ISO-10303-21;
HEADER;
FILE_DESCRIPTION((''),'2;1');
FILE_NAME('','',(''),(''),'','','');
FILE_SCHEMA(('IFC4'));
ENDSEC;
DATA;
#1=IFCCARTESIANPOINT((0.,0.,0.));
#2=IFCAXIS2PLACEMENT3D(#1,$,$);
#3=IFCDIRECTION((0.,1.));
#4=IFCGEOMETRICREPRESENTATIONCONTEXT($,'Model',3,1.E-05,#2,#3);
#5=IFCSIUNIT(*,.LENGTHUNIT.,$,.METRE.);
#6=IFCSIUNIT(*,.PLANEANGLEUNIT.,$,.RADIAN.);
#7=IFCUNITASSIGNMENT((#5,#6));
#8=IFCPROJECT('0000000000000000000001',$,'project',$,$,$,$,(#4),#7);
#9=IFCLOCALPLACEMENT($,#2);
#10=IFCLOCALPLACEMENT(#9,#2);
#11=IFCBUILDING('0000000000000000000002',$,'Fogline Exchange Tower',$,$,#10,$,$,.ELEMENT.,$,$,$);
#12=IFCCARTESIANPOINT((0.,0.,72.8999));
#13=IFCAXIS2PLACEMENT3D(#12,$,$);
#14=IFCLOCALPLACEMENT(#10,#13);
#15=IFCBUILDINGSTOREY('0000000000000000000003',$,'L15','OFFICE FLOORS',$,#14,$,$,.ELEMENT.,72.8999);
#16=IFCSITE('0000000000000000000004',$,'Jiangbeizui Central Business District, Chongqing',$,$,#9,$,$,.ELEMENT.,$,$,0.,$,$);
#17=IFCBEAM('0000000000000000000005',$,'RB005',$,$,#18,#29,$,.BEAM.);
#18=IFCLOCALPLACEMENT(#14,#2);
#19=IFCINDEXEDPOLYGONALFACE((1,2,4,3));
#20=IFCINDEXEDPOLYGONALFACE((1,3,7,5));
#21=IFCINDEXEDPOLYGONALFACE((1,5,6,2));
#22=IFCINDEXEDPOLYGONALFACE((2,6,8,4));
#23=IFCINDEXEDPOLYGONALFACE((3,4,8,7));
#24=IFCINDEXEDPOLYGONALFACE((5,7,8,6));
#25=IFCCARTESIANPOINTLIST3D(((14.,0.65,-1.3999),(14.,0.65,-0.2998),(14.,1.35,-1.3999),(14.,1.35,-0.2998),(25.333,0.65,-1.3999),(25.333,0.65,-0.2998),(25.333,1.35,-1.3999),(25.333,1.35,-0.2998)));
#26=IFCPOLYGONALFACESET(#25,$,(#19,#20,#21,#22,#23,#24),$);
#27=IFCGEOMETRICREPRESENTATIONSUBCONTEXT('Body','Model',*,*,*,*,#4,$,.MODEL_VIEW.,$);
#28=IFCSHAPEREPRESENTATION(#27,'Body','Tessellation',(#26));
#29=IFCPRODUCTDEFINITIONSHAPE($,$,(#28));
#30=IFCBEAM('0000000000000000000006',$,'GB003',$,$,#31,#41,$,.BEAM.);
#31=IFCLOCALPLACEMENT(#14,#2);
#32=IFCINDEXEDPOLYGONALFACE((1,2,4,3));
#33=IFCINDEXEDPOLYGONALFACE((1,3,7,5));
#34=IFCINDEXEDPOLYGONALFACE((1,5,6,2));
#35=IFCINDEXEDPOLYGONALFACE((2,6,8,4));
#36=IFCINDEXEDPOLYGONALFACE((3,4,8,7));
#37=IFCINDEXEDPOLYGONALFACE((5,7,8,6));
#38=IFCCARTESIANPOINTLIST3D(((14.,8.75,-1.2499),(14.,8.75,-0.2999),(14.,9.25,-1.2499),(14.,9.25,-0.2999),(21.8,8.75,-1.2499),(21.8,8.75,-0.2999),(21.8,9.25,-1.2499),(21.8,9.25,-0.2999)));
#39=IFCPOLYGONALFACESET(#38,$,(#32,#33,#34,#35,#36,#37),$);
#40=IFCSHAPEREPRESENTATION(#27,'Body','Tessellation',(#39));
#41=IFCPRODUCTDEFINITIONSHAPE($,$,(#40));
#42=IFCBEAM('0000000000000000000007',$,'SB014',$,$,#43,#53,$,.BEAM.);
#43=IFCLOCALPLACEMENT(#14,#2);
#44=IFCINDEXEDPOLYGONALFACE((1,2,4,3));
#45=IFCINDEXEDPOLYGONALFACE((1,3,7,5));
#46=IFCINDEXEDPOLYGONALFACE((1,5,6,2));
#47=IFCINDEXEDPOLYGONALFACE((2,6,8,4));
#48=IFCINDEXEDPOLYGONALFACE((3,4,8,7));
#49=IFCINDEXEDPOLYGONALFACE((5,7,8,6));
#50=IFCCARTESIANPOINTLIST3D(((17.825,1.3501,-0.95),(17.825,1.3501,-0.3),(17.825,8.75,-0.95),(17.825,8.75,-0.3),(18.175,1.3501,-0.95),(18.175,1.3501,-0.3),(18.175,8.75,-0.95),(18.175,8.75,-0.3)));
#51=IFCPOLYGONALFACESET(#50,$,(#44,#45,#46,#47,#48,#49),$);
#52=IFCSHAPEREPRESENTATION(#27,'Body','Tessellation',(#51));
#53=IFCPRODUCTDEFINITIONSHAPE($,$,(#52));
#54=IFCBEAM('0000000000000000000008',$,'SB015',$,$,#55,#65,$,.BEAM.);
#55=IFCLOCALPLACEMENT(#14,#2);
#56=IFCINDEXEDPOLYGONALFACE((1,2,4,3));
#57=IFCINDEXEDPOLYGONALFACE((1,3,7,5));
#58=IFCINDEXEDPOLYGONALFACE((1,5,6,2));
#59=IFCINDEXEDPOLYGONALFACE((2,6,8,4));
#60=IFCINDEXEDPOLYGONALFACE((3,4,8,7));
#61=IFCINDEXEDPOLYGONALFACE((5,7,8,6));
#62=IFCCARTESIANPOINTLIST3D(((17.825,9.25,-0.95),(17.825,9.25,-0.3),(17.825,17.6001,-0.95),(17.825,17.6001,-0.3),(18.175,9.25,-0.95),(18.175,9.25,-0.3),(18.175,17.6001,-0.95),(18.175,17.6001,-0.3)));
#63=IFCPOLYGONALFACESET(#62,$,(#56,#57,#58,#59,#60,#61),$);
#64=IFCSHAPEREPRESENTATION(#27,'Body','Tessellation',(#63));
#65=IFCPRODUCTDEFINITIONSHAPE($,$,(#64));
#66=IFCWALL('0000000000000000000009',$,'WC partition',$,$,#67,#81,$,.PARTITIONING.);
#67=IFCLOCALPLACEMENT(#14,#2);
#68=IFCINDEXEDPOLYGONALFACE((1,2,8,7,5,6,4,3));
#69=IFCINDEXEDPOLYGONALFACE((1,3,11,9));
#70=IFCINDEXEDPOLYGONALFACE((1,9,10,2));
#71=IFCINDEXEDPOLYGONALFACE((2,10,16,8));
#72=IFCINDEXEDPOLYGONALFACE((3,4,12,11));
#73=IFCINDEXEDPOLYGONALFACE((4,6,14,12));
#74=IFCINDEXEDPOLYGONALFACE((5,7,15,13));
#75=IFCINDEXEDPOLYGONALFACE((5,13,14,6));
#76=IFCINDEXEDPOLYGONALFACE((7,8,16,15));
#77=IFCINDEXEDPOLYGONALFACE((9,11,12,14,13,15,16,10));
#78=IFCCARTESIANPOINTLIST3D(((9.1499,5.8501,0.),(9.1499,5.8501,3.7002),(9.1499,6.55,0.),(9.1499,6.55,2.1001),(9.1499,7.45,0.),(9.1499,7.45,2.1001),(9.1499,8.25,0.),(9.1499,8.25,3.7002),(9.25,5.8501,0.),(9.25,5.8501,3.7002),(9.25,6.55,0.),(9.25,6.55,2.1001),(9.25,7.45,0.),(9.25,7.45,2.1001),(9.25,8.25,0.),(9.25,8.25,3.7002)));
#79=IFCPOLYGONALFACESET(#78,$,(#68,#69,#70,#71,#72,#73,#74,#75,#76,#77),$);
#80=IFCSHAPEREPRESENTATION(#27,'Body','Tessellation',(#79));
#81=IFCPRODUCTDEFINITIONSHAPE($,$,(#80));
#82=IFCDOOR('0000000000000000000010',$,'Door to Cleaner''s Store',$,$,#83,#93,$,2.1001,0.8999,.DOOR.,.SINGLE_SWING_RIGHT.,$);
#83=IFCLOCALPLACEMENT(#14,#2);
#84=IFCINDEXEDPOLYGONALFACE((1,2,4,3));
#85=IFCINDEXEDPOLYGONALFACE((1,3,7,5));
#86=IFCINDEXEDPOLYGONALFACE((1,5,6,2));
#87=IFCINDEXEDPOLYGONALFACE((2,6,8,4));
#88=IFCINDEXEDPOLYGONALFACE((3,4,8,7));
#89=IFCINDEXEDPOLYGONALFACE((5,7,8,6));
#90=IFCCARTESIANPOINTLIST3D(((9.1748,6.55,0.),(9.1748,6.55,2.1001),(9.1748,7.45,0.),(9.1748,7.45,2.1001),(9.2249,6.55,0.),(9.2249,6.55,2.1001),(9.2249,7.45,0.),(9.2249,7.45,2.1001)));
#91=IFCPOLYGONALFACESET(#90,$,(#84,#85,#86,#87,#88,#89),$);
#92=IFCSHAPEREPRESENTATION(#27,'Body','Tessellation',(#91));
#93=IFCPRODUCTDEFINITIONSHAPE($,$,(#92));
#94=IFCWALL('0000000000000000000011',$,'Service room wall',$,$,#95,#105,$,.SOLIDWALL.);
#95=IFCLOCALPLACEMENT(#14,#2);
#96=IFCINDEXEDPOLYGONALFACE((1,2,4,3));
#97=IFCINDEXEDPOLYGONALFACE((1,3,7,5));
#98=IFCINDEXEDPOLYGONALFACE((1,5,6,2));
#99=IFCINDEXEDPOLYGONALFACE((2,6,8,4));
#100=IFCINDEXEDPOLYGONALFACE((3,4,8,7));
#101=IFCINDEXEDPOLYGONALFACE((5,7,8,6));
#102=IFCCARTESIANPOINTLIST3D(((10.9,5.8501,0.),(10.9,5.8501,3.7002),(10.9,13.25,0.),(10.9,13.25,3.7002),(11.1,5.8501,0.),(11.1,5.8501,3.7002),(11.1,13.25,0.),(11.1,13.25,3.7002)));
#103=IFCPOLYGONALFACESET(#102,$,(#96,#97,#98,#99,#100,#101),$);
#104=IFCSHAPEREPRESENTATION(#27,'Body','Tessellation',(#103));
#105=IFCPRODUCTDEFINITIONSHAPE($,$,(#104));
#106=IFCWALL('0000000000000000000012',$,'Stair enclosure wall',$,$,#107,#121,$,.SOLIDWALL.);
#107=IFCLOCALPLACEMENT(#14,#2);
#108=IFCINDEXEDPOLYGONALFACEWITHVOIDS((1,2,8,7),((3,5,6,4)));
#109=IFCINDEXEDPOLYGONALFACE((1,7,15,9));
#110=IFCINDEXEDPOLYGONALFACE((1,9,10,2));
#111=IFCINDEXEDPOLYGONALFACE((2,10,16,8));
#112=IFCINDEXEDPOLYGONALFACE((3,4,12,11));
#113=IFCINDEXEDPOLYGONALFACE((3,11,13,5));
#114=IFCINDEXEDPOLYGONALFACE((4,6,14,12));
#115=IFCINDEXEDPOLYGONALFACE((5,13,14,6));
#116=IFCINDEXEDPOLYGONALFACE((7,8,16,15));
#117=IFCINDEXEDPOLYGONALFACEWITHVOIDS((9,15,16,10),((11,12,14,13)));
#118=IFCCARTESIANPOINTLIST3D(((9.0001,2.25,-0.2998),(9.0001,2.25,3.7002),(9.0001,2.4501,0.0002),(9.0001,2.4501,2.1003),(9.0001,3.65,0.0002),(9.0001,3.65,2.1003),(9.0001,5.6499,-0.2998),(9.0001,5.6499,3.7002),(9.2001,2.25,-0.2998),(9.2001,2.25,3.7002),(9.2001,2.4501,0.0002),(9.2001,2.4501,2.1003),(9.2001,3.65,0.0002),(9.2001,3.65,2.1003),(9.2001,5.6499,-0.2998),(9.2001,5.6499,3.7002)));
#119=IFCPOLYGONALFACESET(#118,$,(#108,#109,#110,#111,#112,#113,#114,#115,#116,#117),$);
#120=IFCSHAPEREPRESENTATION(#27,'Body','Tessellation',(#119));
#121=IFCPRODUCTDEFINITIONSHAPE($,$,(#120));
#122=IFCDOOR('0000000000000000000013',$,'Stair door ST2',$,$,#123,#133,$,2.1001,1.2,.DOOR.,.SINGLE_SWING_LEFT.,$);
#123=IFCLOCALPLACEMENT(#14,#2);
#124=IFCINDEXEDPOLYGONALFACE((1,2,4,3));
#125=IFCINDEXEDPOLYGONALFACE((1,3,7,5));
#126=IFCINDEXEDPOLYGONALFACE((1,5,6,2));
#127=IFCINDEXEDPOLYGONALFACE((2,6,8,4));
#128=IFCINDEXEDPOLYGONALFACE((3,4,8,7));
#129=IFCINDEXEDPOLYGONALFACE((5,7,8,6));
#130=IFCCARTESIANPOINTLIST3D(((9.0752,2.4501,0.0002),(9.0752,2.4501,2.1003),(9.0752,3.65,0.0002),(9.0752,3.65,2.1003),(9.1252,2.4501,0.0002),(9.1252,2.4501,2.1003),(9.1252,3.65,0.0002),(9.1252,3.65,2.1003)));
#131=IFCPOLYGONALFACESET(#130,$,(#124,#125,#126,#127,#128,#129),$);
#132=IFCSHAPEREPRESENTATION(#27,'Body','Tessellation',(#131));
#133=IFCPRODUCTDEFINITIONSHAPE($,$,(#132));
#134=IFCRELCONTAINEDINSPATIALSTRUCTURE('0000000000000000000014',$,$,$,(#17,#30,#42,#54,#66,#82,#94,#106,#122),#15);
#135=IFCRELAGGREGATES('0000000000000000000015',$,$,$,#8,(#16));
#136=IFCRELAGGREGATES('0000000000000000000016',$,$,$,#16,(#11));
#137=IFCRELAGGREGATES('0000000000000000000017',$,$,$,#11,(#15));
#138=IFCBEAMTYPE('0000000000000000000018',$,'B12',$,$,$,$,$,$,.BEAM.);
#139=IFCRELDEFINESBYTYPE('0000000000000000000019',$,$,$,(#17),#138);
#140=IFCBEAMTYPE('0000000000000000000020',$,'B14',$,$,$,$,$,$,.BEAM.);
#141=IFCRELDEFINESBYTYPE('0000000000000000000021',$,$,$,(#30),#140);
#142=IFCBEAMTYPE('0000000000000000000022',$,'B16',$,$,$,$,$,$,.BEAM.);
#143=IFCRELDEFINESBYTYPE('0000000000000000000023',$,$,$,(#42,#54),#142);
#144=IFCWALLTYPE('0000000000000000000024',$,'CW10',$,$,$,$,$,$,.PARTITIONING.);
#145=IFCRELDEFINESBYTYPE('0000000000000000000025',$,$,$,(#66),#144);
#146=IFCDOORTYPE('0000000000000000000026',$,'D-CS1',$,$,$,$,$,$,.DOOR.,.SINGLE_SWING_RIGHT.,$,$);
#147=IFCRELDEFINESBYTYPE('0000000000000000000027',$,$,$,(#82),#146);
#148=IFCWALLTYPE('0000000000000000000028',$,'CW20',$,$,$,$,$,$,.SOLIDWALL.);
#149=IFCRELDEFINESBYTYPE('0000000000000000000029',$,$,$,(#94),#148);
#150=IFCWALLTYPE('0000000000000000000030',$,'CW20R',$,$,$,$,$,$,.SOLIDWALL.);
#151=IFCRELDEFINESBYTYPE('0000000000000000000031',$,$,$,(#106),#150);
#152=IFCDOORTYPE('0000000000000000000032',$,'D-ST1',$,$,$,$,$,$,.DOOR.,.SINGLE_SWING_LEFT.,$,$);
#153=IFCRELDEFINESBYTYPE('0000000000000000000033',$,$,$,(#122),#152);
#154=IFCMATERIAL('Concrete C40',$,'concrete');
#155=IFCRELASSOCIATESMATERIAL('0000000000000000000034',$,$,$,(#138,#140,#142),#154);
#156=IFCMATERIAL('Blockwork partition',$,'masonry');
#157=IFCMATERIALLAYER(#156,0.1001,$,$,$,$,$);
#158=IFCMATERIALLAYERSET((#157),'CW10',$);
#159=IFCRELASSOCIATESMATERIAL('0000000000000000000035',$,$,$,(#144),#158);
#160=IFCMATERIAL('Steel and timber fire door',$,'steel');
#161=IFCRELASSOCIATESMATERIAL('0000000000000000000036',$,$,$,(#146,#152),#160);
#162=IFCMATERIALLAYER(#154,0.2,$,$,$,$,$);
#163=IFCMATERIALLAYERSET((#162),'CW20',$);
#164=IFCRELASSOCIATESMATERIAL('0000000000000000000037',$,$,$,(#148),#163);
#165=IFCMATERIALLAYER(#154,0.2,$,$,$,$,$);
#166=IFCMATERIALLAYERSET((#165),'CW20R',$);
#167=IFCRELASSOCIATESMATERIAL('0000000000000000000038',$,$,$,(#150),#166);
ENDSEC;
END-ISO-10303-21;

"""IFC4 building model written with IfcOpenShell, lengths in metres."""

from ifc_helpers import new_model, si_unit, direction, frame, frame_2d, origin, origin_2d, place, context, subcontext, project, spatial, rectangle, extrude, material, layer, layer_set, material_profile, profile_set, type_object, element, fill, save


model = new_model("IFC4")

# Units and contexts
model_context = context("Model", 3, precision=1e-05, world=origin(), true_north=direction((0.0, 1.0)))
body_context = subcontext(model_context, "Body", "Model", "MODEL_VIEW")
ifc_project = project(units=[si_unit("LENGTHUNIT", "METRE"), si_unit("PLANEANGLEUNIT", "RADIAN")], contexts=[model_context])

# Site, building, storey
site_placement = place(None, origin())
site = spatial("IfcSite", under=ifc_project, at=site_placement, Name="Jiangbeizui Central Business District, Chongqing", CompositionType="ELEMENT", RefElevation=0.0)
building_placement = place(site_placement, origin())
building = spatial("IfcBuilding", under=site, at=building_placement, Name="Fogline Exchange Tower", CompositionType="ELEMENT")
storey_placement = place(building_placement, frame((0.0, 0.0, 72.8999)))
storey = spatial("IfcBuildingStorey", under=building, at=storey_placement, Name="L15", Description="OFFICE FLOORS", CompositionType="ELEMENT", Elevation=72.8999)

# Beams
ifc_material_1 = material(Name="Concrete C40", Category="concrete")
ifc_material_profile_1 = material_profile(ifc_material_1, rectangle(XDim=0.7, YDim=1.1001, at=origin_2d()), Name="RC 700x1100")
ifc_profile_set_1 = profile_set([ifc_material_profile_1], Name="Concrete C40")
beam_type_1 = type_object("IfcBeamType", Name="B12", PredefinedType="BEAM", material=ifc_profile_set_1)
beam_1_placement = place(storey_placement, frame((14.0, 1.0, -0.8499), z_axis=(1.0, 0.0, 0.0), x_axis=(0.0, 1.0, 0.0)))
element("IfcBeam", 1, at=beam_1_placement, inside=storey, type_object=beam_type_1, Name="RB005", PredefinedType="BEAM", context=body_context, shape_type="SweptSolid", body=[
    extrude(rectangle(XDim=0.7, YDim=1.1001, at=origin_2d()), origin(), (0.0, 0.0, 1.0), 11.333),
])
ifc_material_profile_2 = material_profile(ifc_material_1, rectangle(XDim=0.5, YDim=0.95, at=origin_2d()), Name="RC 500x950")
ifc_profile_set_2 = profile_set([ifc_material_profile_2], Name="Concrete C40")
beam_type_2 = type_object("IfcBeamType", Name="B14", PredefinedType="BEAM", material=ifc_profile_set_2)
beam_2_placement = place(storey_placement, frame((14.0, 9.0, -0.7749), z_axis=(1.0, 0.0, 0.0), x_axis=(0.0, 1.0, 0.0)))
element("IfcBeam", 2, at=beam_2_placement, inside=storey, type_object=beam_type_2, Name="GB003", PredefinedType="BEAM", context=body_context, shape_type="SweptSolid", body=[
    extrude(rectangle(XDim=0.5, YDim=0.95, at=origin_2d()), origin(), (0.0, 0.0, 1.0), 7.8),
])
ifc_material_profile_3 = material_profile(ifc_material_1, rectangle(XDim=0.3501, YDim=0.6499, at=origin_2d()), Name="RC 350x650")
ifc_profile_set_3 = profile_set([ifc_material_profile_3], Name="Concrete C40")
beam_type_3 = type_object("IfcBeamType", Name="B16", PredefinedType="BEAM", material=ifc_profile_set_3)
beam_3_placement = place(storey_placement, frame((18.0, 1.3501, -0.625), z_axis=(0.0, 1.0, 0.0), x_axis=(-1.0, 0.0, 0.0)))
element("IfcBeam", 3, at=beam_3_placement, inside=storey, type_object=beam_type_3, Name="SB014", PredefinedType="BEAM", context=body_context, shape_type="SweptSolid", body=[
    extrude(rectangle(XDim=0.3501, YDim=0.6499, at=origin_2d()), origin(), (0.0, 0.0, 1.0), 7.3999),
])
beam_4_placement = place(storey_placement, frame((18.0, 9.25, -0.625), z_axis=(0.0, 1.0, 0.0), x_axis=(-1.0, 0.0, 0.0)))
element("IfcBeam", 4, at=beam_4_placement, inside=storey, type_object=beam_type_3, Name="SB015", PredefinedType="BEAM", context=body_context, shape_type="SweptSolid", body=[
    extrude(rectangle(XDim=0.3501, YDim=0.6499, at=origin_2d()), origin(), (0.0, 0.0, 1.0), 8.3501),
])

# Wall, opening, door
ifc_material_2 = material(Name="Blockwork partition", Category="masonry")
ifc_layer_1 = layer(ifc_material_2, 0.1001)
ifc_layer_set_1 = layer_set([ifc_layer_1], Name="CW10")
wall_type_1 = type_object("IfcWallType", Name="CW10", PredefinedType="PARTITIONING", material=ifc_layer_set_1)
wall_1_placement = place(storey_placement, frame((9.2, 5.8501, 0.0), z_axis=(0.0, 0.0, 1.0), x_axis=(0.0, 1.0, 0.0)))
wall_1 = element("IfcWall", 5, at=wall_1_placement, inside=storey, type_object=wall_type_1, Name="WC partition", PredefinedType="PARTITIONING", context=body_context, shape_type="SweptSolid", body=[
    extrude(rectangle(XDim=2.3999, YDim=0.1001, at=frame_2d((1.2, 0.0))), origin(), (0.0, 0.0, 1.0), 3.7002),
])
opening_1_placement = place(wall_1_placement, frame((0.7, 0.0, 0.0)))
opening_1 = element("IfcOpeningElement", 6, at=opening_1_placement, cuts=wall_1, PredefinedType="OPENING", context=body_context, shape_type="SweptSolid", body=[
    extrude(rectangle(XDim=0.8999, YDim=2.1001, at=frame_2d((0.45, 1.05))), frame((0.0, 0.0601, 0.0), z_axis=(0.0, -1.0, 0.0), x_axis=(1.0, 0.0, 0.0)), (0.0, 0.0, 1.0), 0.1201),
])
ifc_material_3 = material(Name="Steel and timber fire door", Category="steel")
door_type_1 = type_object("IfcDoorType", Name="D-CS1", OperationType="SINGLE_SWING_RIGHT", PredefinedType="DOOR", material=ifc_material_3)
door_1_placement = place(opening_1_placement, frame((0.8999, 0.0, 0.0), z_axis=(0.0, 0.0, 1.0), x_axis=(-1.0, 0.0, 0.0)))
door_1 = element("IfcDoor", 7, at=door_1_placement, inside=storey, type_object=door_type_1, Name="Door to Cleaner's Store", OperationType="SINGLE_SWING_RIGHT", OverallHeight=2.1001, OverallWidth=0.8999, PredefinedType="DOOR", context=body_context, shape_type="SweptSolid", body=[
    extrude(rectangle(XDim=0.8999, YDim=2.1001, at=frame_2d((0.45, 1.05))), frame((0.0, 0.0249, 0.0), z_axis=(0.0, -1.0, 0.0), x_axis=(1.0, 0.0, 0.0)), (0.0, 0.0, 1.0), 0.05),
])
fill(opening_1, door_1)

# Wall
ifc_layer_2 = layer(ifc_material_1, 0.2)
ifc_layer_set_2 = layer_set([ifc_layer_2], Name="CW20")
wall_type_2 = type_object("IfcWallType", Name="CW20", PredefinedType="SOLIDWALL", material=ifc_layer_set_2)
wall_2_placement = place(storey_placement, frame((11.0, 5.8501, 0.0), z_axis=(0.0, 0.0, 1.0), x_axis=(0.0, 1.0, 0.0)))
element("IfcWall", 8, at=wall_2_placement, inside=storey, type_object=wall_type_2, Name="Service room wall", PredefinedType="SOLIDWALL", context=body_context, shape_type="SweptSolid", body=[
    extrude(rectangle(XDim=7.3999, YDim=0.2, at=frame_2d((3.7, 0.0))), origin(), (0.0, 0.0, 1.0), 3.7002),
])

# Wall, opening, door
ifc_layer_3 = layer(ifc_material_1, 0.2)
ifc_layer_set_3 = layer_set([ifc_layer_3], Name="CW20R")
wall_type_3 = type_object("IfcWallType", Name="CW20R", PredefinedType="SOLIDWALL", material=ifc_layer_set_3)
wall_3_placement = place(storey_placement, frame((9.1001, 2.25, -0.2998), z_axis=(0.0, 0.0, 1.0), x_axis=(0.0, 1.0, 0.0)))
wall_3 = element("IfcWall", 9, at=wall_3_placement, inside=storey, type_object=wall_type_3, Name="Stair enclosure wall", PredefinedType="SOLIDWALL", context=body_context, shape_type="SweptSolid", body=[
    extrude(rectangle(XDim=3.3999, YDim=0.2, at=frame_2d((1.7, 0.0))), origin(), (0.0, 0.0, 1.0), 4.0),
])
opening_2_placement = place(wall_3_placement, frame((0.2, 0.0, 0.3)))
opening_2 = element("IfcOpeningElement", 10, at=opening_2_placement, cuts=wall_3, PredefinedType="OPENING", context=body_context, shape_type="SweptSolid", body=[
    extrude(rectangle(XDim=1.2, YDim=2.1001, at=frame_2d((0.6001, 1.05))), frame((0.0, 0.1099, 0.0), z_axis=(0.0, -1.0, 0.0), x_axis=(1.0, 0.0, 0.0)), (0.0, 0.0, 1.0), 0.22),
])
door_type_2 = type_object("IfcDoorType", Name="D-ST1", OperationType="SINGLE_SWING_LEFT", PredefinedType="DOOR", material=ifc_material_3)
door_2_placement = place(opening_2_placement, origin())
door_2 = element("IfcDoor", 11, at=door_2_placement, inside=storey, type_object=door_type_2, Name="Stair door ST2", OperationType="SINGLE_SWING_LEFT", OverallHeight=2.1001, OverallWidth=1.2, PredefinedType="DOOR", context=body_context, shape_type="SweptSolid", body=[
    extrude(rectangle(XDim=1.2, YDim=2.1001, at=frame_2d((0.6001, 1.05))), frame((0.0, 0.0249, 0.0), z_axis=(0.0, -1.0, 0.0), x_axis=(1.0, 0.0, 0.0)), (0.0, 0.0, 1.0), 0.05),
])
fill(opening_2, door_2)

save(model, "model.ifc")
